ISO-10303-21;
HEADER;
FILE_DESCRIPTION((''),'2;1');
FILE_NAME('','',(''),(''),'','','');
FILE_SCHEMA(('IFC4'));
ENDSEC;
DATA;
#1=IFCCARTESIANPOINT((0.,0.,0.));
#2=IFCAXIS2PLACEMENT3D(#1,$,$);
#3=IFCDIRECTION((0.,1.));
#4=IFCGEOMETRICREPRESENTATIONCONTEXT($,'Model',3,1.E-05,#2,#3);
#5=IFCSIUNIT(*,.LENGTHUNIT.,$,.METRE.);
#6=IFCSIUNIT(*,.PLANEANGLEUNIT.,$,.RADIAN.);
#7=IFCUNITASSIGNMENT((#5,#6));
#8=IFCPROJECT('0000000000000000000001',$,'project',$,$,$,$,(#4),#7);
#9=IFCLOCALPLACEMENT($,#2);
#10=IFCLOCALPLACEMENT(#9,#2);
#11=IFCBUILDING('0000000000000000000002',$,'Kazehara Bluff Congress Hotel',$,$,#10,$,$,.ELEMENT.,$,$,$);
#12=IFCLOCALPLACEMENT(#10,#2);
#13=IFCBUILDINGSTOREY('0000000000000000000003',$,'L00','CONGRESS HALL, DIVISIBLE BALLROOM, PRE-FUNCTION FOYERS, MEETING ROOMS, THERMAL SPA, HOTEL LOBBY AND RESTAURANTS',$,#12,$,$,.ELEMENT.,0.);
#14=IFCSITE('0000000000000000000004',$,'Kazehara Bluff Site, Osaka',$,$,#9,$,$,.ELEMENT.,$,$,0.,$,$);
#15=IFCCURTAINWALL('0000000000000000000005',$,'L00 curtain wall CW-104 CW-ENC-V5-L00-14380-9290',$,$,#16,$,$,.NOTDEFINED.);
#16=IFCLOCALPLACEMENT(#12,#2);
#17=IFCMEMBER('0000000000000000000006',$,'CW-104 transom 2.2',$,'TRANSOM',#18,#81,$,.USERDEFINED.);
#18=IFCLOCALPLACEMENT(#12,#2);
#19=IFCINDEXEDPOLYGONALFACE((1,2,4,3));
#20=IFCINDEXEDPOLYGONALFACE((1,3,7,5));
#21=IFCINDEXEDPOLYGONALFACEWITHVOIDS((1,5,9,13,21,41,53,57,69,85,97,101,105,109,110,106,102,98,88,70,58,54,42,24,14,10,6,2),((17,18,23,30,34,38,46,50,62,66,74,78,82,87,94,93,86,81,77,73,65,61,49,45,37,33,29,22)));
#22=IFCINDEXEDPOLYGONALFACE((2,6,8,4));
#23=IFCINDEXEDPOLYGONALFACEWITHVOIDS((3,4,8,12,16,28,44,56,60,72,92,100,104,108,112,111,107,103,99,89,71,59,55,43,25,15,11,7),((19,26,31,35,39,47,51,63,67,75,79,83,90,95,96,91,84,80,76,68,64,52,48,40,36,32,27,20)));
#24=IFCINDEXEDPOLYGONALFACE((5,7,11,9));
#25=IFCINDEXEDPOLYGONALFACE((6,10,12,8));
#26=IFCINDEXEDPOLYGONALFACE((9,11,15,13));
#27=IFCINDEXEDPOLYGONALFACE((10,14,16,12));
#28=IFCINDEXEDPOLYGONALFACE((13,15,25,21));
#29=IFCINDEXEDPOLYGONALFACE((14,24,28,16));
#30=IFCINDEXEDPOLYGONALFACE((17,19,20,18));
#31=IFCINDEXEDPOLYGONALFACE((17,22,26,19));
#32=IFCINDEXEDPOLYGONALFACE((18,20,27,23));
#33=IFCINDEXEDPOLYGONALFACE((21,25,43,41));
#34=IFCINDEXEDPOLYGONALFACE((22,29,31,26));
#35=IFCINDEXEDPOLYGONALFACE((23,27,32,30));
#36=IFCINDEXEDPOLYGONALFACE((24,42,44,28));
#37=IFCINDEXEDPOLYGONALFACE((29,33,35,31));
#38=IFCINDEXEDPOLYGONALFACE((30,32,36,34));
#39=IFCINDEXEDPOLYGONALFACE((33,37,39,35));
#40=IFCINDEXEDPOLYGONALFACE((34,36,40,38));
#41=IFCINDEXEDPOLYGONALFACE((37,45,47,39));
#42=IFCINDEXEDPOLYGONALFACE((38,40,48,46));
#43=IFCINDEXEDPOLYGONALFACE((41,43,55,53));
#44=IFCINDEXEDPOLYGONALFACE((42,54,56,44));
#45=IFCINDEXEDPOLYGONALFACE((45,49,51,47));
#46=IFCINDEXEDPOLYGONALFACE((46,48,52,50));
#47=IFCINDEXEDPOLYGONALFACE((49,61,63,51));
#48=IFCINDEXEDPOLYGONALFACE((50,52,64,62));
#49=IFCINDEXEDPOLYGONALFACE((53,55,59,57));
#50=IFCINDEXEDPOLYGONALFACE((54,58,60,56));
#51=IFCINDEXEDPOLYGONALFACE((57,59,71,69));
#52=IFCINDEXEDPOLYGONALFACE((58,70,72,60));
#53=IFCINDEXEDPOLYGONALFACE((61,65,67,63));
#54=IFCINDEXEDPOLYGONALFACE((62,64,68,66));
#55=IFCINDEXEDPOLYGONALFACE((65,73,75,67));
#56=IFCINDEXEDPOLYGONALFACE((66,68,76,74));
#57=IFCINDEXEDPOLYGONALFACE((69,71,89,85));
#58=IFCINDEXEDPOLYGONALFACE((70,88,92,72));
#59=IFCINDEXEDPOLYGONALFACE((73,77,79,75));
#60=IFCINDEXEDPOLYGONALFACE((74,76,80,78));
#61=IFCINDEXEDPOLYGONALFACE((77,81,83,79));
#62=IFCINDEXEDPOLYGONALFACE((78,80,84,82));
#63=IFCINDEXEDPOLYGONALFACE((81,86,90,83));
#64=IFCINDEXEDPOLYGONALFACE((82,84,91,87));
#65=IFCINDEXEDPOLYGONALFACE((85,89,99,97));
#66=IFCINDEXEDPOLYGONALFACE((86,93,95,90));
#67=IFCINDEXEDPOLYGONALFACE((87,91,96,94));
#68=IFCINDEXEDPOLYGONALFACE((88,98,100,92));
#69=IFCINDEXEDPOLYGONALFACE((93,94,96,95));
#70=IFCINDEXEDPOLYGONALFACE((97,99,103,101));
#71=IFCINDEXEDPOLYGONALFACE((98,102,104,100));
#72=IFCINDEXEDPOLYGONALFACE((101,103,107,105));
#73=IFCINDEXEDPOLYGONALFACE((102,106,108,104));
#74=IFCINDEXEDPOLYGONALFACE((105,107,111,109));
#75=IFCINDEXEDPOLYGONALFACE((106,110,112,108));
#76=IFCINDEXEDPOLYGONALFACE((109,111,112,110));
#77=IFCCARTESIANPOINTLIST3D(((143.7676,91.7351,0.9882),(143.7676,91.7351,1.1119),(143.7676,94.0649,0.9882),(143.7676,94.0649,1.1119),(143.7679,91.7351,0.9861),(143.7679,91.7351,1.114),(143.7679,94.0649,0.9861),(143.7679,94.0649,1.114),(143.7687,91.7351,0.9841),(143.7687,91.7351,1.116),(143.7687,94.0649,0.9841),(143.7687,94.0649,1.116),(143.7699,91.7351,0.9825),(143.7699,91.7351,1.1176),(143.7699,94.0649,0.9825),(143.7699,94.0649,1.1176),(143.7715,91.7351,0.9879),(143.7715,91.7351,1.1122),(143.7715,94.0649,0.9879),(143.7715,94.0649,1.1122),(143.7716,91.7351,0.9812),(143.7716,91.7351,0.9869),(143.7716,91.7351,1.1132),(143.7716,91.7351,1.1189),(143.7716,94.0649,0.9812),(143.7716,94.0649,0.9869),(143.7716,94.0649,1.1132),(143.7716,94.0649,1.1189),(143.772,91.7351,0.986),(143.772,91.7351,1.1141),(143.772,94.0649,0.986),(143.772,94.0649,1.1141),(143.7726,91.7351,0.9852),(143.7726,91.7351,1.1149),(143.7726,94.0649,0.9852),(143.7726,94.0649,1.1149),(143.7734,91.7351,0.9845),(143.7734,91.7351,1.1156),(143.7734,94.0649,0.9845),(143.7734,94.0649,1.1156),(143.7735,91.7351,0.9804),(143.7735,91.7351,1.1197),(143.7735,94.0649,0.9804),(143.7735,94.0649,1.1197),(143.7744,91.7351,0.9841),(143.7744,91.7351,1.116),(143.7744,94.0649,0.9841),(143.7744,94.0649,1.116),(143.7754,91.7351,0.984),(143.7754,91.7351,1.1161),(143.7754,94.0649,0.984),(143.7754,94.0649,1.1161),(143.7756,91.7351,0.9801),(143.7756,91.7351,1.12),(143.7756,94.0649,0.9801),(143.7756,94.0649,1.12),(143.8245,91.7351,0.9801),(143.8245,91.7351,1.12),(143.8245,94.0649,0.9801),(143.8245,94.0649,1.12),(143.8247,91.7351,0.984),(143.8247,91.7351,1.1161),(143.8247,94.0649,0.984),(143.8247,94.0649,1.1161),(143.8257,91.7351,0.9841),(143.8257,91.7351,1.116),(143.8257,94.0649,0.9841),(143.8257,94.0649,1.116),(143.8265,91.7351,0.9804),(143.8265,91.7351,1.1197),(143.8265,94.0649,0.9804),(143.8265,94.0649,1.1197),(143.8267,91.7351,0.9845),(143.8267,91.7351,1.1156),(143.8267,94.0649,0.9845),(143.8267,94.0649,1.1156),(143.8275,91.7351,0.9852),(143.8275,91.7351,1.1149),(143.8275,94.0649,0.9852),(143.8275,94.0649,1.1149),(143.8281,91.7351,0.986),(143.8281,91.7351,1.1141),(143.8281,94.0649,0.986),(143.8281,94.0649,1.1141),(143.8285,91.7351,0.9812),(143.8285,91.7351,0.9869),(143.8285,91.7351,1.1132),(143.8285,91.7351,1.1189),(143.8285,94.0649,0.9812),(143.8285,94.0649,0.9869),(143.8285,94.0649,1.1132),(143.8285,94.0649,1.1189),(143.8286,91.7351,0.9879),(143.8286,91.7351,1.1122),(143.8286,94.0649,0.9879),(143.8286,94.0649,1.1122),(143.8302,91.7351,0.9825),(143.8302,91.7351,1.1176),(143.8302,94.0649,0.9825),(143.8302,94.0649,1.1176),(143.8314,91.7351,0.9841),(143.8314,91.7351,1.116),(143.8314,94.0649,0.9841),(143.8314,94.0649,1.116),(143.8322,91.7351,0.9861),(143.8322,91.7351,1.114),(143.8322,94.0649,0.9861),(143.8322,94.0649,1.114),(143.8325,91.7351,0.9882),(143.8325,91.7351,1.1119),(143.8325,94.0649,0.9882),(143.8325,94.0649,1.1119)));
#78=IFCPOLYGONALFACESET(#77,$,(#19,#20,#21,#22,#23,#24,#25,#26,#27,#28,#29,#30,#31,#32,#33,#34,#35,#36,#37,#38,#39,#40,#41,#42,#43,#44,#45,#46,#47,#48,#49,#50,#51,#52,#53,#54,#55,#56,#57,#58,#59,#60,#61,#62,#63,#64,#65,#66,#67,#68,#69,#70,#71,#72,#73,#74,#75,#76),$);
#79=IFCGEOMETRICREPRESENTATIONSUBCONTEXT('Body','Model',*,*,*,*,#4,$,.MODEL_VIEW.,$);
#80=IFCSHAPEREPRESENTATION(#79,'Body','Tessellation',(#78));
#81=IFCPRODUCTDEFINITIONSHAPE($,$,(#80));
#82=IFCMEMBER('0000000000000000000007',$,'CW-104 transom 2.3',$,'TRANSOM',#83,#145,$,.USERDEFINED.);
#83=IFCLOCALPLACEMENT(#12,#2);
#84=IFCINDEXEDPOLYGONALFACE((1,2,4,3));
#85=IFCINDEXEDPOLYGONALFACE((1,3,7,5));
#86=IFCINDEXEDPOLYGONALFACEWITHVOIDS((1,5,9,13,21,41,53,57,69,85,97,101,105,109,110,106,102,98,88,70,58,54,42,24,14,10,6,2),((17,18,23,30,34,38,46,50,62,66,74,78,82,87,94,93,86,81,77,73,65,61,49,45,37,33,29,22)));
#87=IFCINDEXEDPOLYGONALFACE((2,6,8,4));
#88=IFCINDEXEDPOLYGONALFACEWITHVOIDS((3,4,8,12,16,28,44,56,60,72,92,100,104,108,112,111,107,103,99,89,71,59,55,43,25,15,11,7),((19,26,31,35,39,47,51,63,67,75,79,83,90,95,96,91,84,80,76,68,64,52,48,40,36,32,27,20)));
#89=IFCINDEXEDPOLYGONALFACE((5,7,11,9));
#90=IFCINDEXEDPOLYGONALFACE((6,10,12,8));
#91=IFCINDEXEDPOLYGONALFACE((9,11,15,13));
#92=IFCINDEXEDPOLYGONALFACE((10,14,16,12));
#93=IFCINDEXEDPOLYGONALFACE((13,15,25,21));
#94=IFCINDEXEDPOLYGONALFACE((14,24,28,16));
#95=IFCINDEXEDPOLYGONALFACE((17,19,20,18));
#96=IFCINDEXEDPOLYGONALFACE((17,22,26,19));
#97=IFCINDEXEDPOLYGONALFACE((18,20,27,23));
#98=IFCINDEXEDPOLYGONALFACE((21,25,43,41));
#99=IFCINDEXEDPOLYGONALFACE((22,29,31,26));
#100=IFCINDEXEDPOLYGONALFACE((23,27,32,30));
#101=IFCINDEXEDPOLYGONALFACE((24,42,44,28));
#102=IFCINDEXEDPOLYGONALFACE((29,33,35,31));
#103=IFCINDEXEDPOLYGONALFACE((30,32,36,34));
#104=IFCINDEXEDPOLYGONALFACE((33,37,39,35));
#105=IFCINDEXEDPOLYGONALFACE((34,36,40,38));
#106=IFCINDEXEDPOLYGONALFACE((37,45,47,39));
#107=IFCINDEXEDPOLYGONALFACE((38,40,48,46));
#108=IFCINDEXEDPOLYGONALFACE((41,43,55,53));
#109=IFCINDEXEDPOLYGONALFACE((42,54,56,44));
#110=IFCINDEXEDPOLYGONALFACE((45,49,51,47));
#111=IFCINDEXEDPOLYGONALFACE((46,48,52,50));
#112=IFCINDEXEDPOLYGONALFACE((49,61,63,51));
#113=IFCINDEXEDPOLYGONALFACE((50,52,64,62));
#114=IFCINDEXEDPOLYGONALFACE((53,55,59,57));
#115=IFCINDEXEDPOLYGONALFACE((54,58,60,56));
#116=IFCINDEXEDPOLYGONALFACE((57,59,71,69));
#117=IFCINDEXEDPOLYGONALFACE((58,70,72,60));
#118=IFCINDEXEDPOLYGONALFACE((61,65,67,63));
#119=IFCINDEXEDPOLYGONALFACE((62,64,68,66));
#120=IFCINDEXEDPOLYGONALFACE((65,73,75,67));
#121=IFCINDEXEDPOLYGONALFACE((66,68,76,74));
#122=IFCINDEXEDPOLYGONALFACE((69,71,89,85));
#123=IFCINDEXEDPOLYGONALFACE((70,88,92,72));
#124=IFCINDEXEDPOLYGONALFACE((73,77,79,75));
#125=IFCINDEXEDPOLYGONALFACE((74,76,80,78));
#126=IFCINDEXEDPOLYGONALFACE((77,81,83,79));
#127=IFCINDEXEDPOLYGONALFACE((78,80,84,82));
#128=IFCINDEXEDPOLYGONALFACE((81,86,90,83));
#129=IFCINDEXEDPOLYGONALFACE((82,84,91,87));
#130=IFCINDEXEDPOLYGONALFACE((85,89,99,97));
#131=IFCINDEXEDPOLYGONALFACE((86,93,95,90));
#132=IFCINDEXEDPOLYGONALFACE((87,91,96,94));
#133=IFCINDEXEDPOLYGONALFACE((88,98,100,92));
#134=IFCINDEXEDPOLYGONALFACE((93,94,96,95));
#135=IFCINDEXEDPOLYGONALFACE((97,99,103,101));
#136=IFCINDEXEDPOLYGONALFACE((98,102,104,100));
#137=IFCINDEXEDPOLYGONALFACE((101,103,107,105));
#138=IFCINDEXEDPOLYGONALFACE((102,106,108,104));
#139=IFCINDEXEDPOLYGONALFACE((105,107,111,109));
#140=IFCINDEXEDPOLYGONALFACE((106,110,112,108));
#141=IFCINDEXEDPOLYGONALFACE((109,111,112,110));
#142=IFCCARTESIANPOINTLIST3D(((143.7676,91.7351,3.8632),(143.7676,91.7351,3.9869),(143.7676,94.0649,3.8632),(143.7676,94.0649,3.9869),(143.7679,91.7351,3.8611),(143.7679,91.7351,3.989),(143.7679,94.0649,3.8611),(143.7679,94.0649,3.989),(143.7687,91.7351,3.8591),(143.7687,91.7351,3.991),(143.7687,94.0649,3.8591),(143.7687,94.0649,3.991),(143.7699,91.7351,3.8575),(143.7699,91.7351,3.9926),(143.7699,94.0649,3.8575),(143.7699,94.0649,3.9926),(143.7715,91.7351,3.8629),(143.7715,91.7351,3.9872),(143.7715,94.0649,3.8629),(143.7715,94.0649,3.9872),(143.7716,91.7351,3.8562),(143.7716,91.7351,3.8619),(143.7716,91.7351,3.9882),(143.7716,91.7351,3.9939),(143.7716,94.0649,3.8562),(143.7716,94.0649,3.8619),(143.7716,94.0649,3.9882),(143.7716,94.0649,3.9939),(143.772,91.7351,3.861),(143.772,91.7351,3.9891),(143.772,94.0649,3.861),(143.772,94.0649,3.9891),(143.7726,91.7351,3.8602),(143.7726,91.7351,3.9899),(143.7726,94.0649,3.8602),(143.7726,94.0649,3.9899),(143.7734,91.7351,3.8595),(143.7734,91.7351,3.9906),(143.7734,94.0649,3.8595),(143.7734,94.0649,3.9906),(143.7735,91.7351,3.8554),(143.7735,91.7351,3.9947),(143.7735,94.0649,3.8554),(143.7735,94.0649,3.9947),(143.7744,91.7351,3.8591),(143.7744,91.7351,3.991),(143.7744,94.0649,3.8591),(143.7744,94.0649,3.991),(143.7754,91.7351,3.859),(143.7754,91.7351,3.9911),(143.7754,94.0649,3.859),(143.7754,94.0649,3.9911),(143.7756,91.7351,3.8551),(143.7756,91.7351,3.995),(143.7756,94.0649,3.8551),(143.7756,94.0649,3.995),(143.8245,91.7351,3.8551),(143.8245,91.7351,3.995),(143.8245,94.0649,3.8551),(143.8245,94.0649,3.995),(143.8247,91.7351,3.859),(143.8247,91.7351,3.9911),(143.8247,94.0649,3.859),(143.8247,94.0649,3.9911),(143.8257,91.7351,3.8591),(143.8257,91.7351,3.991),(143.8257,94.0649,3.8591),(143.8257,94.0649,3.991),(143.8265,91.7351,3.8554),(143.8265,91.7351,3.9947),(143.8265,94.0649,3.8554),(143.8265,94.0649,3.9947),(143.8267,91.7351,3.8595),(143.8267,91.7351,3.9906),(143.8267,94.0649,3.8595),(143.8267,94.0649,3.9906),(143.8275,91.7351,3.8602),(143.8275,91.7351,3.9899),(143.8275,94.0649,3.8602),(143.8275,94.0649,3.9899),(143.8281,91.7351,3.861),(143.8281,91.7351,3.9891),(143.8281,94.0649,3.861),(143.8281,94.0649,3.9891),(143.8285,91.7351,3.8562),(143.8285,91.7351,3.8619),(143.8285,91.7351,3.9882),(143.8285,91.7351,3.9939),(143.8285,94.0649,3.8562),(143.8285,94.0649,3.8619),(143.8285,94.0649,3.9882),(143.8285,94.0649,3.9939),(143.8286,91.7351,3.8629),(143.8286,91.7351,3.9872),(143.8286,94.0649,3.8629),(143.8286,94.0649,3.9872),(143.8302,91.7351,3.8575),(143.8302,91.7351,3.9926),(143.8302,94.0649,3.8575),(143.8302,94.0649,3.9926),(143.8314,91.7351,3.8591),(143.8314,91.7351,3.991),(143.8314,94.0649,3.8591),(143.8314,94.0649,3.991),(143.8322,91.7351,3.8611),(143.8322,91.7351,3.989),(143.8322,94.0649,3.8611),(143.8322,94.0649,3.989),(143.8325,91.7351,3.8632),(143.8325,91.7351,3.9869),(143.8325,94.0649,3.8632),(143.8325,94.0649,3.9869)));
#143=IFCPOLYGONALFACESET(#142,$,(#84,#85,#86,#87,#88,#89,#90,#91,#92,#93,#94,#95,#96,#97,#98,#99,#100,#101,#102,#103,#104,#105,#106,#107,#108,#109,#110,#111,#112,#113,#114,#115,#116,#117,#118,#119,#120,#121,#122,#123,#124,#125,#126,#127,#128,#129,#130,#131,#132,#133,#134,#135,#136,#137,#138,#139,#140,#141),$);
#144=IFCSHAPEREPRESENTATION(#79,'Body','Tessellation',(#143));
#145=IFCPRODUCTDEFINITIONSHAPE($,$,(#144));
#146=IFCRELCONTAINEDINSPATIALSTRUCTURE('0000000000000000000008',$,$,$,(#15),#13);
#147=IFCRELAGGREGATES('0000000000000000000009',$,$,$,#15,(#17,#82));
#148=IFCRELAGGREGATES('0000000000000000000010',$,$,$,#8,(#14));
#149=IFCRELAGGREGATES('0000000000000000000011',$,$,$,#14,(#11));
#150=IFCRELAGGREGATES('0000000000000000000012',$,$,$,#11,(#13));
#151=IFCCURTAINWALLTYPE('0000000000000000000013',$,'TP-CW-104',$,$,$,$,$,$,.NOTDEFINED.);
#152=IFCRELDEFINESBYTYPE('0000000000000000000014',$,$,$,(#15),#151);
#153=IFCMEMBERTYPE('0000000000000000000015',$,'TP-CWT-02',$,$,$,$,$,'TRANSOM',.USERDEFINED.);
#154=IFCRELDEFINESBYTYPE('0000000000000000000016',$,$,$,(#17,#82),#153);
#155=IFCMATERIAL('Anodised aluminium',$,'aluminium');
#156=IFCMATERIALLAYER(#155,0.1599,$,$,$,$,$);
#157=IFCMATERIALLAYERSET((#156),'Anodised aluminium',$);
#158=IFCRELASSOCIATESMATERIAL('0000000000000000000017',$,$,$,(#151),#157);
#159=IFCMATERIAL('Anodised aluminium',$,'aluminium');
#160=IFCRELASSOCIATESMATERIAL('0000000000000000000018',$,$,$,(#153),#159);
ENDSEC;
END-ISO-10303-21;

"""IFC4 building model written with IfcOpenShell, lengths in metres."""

from ifc_helpers import new_model, si_unit, direction, frame, origin, origin_2d, place, context, subcontext, project, spatial, hollow_rectangle, extrude, material, layer, layer_set, material_profile, profile_set, type_object, element, aggregate, save


model = new_model("IFC4")

# Units and contexts
model_context = context("Model", 3, precision=1e-05, world=origin(), true_north=direction((0.0, 1.0)))
body_context = subcontext(model_context, "Body", "Model", "MODEL_VIEW")
ifc_project = project(units=[si_unit("LENGTHUNIT", "METRE"), si_unit("PLANEANGLEUNIT", "RADIAN")], contexts=[model_context])

# Site, building, storey
site_placement = place(None, origin())
site = spatial("IfcSite", under=ifc_project, at=site_placement, Name="Kazehara Bluff Site, Osaka", CompositionType="ELEMENT", RefElevation=0.0)
building_placement = place(site_placement, origin())
building = spatial("IfcBuilding", under=site, at=building_placement, Name="Kazehara Bluff Congress Hotel", CompositionType="ELEMENT")
storey_placement = place(building_placement, origin())
storey = spatial("IfcBuildingStorey", under=building, at=storey_placement, Name="L00", Description="CONGRESS HALL, DIVISIBLE BALLROOM, PRE-FUNCTION FOYERS, MEETING ROOMS, THERMAL SPA, HOTEL LOBBY AND RESTAURANTS", CompositionType="ELEMENT", Elevation=0.0)

# Curtain wall
ifc_material_1 = material(Name="Anodised aluminium", Category="aluminium")
ifc_layer_1 = layer(ifc_material_1, 0.1599)
ifc_layer_set_1 = layer_set([ifc_layer_1], Name="Anodised aluminium")
curtain_wall_type_1 = type_object("IfcCurtainWallType", Name="TP-CW-104", PredefinedType="NOTDEFINED", material=ifc_layer_set_1)
curtain_wall_1_placement = place(storey_placement, origin())
curtain_wall_1 = element("IfcCurtainWall", 1, at=curtain_wall_1_placement, inside=storey, type_object=curtain_wall_type_1, Name="L00 curtain wall CW-104 CW-ENC-V5-L00-14380-9290", PredefinedType="NOTDEFINED")

# Members
ifc_material_2 = material(Name="Anodised aluminium", Category="aluminium")
ifc_material_profile_1 = material_profile(ifc_material_2, hollow_rectangle(XDim=0.0649, YDim=0.1399, WallThickness=0.0039, InnerFilletRadius=0.0039, OuterFilletRadius=0.0081, at=origin_2d()))
ifc_profile_set_1 = profile_set([ifc_material_profile_1], Name="Anodised aluminium")
member_type_1 = type_object("IfcMemberType", Name="TP-CWT-02", ElementType="TRANSOM", PredefinedType="USERDEFINED", material=ifc_profile_set_1)
member_1_placement = place(storey_placement, frame((143.8, 91.7351, 1.05), z_axis=(0.0, 1.0, 0.0), x_axis=(-1.0, 0.0, 0.0)))
member_1 = element("IfcMember", 2, at=member_1_placement, type_object=member_type_1, Name="CW-104 transom 2.2", ObjectType="TRANSOM", PredefinedType="USERDEFINED", context=body_context, shape_type="SweptSolid", body=[
    extrude(hollow_rectangle(XDim=0.0649, YDim=0.1399, WallThickness=0.0039, InnerFilletRadius=0.0039, OuterFilletRadius=0.0081, at=origin_2d()), origin(), (0.0, 0.0, 1.0), 2.3298),
])
member_2_placement = place(storey_placement, frame((143.8, 91.7351, 3.925), z_axis=(0.0, 1.0, 0.0), x_axis=(-1.0, 0.0, 0.0)))
member_2 = element("IfcMember", 3, at=member_2_placement, type_object=member_type_1, Name="CW-104 transom 2.3", ObjectType="TRANSOM", PredefinedType="USERDEFINED", context=body_context, shape_type="SweptSolid", body=[
    extrude(hollow_rectangle(XDim=0.0649, YDim=0.1399, WallThickness=0.0039, InnerFilletRadius=0.0039, OuterFilletRadius=0.0081, at=origin_2d()), origin(), (0.0, 0.0, 1.0), 2.3298),
])

aggregate(curtain_wall_1, [member_1, member_2])

save(model, "model.ifc")
